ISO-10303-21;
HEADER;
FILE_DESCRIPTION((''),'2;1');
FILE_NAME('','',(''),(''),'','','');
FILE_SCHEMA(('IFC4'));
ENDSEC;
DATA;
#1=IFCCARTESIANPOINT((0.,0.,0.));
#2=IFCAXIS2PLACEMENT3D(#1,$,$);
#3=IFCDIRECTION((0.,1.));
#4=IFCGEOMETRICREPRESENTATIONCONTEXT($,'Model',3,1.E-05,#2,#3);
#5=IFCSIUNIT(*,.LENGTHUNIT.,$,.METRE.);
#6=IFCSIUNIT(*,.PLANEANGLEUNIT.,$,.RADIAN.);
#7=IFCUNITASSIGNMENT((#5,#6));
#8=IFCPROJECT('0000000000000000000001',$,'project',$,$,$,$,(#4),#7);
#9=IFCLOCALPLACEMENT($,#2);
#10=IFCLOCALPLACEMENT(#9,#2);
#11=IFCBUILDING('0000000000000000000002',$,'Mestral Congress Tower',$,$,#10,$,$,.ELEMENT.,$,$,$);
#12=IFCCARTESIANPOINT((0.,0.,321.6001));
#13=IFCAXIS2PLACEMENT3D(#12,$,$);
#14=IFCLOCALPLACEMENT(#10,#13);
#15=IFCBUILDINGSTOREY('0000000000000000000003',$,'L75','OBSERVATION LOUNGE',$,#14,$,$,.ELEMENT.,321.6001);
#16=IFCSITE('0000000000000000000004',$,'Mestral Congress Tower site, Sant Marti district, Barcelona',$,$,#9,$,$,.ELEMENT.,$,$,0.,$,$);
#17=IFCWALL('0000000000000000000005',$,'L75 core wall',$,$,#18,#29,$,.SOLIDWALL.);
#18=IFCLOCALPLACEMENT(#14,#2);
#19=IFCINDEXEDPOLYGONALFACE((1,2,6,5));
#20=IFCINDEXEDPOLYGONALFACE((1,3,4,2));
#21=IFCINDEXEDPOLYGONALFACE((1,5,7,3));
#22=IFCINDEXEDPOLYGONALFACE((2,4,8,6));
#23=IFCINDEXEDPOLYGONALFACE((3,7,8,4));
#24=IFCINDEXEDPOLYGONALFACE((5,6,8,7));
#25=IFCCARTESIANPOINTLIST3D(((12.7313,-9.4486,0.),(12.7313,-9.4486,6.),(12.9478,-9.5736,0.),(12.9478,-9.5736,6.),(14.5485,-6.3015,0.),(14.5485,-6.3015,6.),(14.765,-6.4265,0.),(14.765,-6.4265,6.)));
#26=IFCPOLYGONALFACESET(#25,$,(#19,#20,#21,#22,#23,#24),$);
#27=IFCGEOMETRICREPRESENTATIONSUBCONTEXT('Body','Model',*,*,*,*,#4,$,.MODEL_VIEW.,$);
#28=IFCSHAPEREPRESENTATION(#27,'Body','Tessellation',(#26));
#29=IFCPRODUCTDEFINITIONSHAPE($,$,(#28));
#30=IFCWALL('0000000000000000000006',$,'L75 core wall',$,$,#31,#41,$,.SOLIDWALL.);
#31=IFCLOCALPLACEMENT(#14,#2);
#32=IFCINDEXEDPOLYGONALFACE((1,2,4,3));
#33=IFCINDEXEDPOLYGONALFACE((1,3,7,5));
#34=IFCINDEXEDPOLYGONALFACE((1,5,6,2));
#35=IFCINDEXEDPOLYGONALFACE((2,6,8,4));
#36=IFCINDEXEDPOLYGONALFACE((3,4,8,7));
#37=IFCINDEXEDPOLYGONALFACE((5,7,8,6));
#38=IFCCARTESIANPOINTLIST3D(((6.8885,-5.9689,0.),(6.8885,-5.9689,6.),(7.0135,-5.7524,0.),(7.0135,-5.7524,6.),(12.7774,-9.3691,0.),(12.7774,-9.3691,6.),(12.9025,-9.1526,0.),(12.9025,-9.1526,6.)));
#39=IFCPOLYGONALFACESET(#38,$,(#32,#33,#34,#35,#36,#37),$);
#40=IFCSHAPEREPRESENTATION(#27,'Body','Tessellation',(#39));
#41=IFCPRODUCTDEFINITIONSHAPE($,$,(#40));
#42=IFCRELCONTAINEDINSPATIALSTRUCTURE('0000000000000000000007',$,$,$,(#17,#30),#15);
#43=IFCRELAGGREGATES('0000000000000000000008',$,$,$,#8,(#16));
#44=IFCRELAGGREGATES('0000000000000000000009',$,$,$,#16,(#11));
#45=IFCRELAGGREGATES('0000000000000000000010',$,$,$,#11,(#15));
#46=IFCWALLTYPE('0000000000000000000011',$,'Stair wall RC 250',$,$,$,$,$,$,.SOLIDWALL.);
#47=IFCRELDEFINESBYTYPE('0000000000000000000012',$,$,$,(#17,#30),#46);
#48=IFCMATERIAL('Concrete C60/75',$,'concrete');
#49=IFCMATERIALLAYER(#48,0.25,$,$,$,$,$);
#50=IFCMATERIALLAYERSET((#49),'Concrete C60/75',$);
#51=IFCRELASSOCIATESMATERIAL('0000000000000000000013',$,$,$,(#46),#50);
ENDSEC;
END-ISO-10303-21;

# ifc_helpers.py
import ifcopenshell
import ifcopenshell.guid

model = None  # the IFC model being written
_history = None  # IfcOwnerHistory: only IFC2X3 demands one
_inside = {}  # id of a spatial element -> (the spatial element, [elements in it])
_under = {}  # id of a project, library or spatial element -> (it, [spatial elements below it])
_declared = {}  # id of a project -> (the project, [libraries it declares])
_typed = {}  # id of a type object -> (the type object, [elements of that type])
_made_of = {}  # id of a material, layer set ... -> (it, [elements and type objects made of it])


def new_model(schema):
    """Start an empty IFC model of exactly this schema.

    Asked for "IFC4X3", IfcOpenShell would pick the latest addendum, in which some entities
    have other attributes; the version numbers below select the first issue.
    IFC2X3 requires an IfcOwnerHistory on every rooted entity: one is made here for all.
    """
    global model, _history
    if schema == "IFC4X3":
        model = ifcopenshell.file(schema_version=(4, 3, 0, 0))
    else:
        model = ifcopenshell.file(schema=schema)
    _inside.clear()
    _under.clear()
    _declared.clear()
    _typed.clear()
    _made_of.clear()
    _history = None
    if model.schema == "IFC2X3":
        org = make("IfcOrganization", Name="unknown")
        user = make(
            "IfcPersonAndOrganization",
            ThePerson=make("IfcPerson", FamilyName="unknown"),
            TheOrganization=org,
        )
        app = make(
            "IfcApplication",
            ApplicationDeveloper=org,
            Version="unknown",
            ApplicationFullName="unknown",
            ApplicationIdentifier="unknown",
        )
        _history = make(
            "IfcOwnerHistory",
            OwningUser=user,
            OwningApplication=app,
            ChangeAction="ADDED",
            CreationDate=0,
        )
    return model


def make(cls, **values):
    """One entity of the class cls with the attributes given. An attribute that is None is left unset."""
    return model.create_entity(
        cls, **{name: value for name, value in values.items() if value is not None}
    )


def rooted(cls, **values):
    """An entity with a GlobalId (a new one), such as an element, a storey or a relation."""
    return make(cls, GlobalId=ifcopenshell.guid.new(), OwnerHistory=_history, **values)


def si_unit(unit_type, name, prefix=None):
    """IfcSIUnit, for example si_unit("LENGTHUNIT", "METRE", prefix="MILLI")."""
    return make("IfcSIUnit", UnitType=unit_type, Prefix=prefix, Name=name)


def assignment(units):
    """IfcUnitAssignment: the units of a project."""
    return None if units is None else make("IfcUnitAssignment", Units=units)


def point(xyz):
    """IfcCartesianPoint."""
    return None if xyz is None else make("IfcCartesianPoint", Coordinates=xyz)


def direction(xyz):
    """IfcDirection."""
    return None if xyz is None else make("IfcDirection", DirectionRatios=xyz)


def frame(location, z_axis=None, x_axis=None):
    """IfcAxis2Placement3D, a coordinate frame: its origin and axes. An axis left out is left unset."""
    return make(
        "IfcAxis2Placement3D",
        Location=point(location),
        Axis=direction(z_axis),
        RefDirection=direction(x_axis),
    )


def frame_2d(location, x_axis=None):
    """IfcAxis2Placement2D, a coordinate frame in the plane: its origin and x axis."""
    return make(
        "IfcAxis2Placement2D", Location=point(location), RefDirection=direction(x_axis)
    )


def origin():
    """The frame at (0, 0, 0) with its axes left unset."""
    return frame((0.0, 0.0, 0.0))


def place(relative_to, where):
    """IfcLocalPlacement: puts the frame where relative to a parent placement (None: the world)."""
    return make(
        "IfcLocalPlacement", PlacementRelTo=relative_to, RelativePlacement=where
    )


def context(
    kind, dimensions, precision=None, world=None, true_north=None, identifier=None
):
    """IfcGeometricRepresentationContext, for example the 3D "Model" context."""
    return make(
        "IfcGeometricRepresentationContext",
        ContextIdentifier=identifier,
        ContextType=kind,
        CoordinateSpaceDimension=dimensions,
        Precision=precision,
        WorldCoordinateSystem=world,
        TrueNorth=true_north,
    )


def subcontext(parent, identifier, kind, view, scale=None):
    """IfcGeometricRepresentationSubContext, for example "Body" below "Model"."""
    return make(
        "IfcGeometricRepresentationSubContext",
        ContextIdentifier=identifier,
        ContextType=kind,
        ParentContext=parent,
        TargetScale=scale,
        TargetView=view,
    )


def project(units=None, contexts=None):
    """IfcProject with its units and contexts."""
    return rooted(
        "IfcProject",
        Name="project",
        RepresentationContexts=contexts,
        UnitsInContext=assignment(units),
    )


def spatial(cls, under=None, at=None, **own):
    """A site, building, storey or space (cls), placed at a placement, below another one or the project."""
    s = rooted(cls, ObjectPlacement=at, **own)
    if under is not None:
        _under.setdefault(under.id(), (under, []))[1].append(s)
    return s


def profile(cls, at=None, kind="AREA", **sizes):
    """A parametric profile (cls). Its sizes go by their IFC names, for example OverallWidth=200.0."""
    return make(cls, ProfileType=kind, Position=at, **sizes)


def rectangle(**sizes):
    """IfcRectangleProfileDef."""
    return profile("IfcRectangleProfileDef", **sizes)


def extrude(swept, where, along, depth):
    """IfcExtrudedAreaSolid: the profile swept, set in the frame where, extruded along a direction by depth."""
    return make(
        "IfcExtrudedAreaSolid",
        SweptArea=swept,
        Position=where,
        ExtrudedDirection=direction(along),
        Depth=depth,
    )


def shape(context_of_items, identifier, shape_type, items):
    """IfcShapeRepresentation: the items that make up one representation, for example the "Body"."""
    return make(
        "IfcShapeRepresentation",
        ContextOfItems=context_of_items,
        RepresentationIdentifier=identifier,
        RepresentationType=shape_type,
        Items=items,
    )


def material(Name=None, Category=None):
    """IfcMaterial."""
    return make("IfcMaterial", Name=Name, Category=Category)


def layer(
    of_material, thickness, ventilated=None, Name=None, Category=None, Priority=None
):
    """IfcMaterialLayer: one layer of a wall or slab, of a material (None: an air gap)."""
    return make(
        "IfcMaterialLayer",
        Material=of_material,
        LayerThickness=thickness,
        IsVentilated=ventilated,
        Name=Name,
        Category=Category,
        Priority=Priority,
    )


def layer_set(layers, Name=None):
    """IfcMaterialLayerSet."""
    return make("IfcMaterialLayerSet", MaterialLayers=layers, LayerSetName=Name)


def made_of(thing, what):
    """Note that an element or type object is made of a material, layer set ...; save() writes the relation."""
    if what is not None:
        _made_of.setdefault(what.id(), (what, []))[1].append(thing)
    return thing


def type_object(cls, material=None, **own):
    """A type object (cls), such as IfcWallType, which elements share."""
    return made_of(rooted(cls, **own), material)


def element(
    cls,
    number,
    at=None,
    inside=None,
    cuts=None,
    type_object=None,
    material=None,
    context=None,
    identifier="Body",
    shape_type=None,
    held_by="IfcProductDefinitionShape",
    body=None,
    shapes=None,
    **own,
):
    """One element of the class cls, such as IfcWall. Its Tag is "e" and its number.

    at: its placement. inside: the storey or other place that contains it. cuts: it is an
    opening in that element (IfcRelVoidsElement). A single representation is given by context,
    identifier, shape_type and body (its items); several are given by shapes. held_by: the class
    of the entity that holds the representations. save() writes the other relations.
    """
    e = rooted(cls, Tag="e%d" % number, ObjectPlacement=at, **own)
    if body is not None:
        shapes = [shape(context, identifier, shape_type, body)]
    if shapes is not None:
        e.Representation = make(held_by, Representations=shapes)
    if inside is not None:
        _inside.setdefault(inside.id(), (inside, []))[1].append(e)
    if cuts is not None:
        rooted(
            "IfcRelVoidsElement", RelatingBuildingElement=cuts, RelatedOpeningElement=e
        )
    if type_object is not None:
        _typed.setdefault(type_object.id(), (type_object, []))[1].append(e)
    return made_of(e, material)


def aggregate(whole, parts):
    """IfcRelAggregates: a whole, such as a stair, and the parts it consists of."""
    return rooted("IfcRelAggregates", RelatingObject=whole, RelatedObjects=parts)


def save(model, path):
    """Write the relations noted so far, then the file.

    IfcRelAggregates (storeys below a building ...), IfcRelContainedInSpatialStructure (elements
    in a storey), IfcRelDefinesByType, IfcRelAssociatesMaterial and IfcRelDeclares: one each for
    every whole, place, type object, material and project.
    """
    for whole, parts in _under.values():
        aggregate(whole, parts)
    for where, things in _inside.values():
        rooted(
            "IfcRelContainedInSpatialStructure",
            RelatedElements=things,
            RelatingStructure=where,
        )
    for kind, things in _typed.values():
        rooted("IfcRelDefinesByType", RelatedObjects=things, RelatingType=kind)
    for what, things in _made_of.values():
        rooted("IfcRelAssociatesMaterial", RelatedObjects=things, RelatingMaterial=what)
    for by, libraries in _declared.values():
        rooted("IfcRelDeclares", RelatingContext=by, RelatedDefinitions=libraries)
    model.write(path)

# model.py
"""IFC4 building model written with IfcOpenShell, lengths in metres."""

from ifc_helpers import new_model, si_unit, direction, frame, frame_2d, origin, place, context, subcontext, project, spatial, rectangle, extrude, material, layer, layer_set, type_object, element, save


model = new_model("IFC4")

# Units and contexts
model_context = context("Model", 3, precision=1e-05, world=origin(), true_north=direction((0.0, 1.0)))
body_context = subcontext(model_context, "Body", "Model", "MODEL_VIEW")
ifc_project = project(units=[si_unit("LENGTHUNIT", "METRE"), si_unit("PLANEANGLEUNIT", "RADIAN")], contexts=[model_context])

# Site, building, storey
site_placement = place(None, origin())
site = spatial("IfcSite", under=ifc_project, at=site_placement, Name="Mestral Congress Tower site, Sant Marti district, Barcelona", CompositionType="ELEMENT", RefElevation=0.0)
building_placement = place(site_placement, origin())
building = spatial("IfcBuilding", under=site, at=building_placement, Name="Mestral Congress Tower", CompositionType="ELEMENT")
storey_placement = place(building_placement, frame((0.0, 0.0, 321.6001)))
storey = spatial("IfcBuildingStorey", under=building, at=storey_placement, Name="L75", Description="OBSERVATION LOUNGE", CompositionType="ELEMENT", Elevation=321.6001)

# Shared definitions
ifc_material_1 = material(Name="Concrete C60/75", Category="concrete")

# Walls
ifc_layer_1 = layer(ifc_material_1, 0.25)
ifc_layer_set_1 = layer_set([ifc_layer_1], Name="Concrete C60/75")
wall_type_1 = type_object("IfcWallType", Name="Stair wall RC 250", PredefinedType="SOLIDWALL", material=ifc_layer_set_1)
wall_1_placement = place(storey_placement, frame((12.8396, -9.511, 0.0), z_axis=(0.0, 0.0, 1.0), x_axis=(0.500048, 0.865998, 0.0)))
element("IfcWall", 1, at=wall_1_placement, inside=storey, type_object=wall_type_1, Name="L75 core wall", PredefinedType="SOLIDWALL", context=body_context, shape_type="SweptSolid", body=[
    extrude(rectangle(XDim=3.634, YDim=0.25, at=frame_2d((1.8169, 0.0))), origin(), (0.0, 0.0, 1.0), 6.0),
])
wall_2_placement = place(storey_placement, frame((12.8398, -9.2607, 0.0), z_axis=(0.0, 0.0, 1.0), x_axis=(-0.866014, 0.50002, 0.0)))
element("IfcWall", 2, at=wall_2_placement, inside=storey, type_object=wall_type_1, Name="L75 core wall", PredefinedType="SOLIDWALL", context=body_context, shape_type="SweptSolid", body=[
    extrude(rectangle(XDim=6.8, YDim=0.25, at=frame_2d((3.3999, 0.0))), origin(), (0.0, 0.0, 1.0), 6.0),
])

save(model, "model.ifc")
